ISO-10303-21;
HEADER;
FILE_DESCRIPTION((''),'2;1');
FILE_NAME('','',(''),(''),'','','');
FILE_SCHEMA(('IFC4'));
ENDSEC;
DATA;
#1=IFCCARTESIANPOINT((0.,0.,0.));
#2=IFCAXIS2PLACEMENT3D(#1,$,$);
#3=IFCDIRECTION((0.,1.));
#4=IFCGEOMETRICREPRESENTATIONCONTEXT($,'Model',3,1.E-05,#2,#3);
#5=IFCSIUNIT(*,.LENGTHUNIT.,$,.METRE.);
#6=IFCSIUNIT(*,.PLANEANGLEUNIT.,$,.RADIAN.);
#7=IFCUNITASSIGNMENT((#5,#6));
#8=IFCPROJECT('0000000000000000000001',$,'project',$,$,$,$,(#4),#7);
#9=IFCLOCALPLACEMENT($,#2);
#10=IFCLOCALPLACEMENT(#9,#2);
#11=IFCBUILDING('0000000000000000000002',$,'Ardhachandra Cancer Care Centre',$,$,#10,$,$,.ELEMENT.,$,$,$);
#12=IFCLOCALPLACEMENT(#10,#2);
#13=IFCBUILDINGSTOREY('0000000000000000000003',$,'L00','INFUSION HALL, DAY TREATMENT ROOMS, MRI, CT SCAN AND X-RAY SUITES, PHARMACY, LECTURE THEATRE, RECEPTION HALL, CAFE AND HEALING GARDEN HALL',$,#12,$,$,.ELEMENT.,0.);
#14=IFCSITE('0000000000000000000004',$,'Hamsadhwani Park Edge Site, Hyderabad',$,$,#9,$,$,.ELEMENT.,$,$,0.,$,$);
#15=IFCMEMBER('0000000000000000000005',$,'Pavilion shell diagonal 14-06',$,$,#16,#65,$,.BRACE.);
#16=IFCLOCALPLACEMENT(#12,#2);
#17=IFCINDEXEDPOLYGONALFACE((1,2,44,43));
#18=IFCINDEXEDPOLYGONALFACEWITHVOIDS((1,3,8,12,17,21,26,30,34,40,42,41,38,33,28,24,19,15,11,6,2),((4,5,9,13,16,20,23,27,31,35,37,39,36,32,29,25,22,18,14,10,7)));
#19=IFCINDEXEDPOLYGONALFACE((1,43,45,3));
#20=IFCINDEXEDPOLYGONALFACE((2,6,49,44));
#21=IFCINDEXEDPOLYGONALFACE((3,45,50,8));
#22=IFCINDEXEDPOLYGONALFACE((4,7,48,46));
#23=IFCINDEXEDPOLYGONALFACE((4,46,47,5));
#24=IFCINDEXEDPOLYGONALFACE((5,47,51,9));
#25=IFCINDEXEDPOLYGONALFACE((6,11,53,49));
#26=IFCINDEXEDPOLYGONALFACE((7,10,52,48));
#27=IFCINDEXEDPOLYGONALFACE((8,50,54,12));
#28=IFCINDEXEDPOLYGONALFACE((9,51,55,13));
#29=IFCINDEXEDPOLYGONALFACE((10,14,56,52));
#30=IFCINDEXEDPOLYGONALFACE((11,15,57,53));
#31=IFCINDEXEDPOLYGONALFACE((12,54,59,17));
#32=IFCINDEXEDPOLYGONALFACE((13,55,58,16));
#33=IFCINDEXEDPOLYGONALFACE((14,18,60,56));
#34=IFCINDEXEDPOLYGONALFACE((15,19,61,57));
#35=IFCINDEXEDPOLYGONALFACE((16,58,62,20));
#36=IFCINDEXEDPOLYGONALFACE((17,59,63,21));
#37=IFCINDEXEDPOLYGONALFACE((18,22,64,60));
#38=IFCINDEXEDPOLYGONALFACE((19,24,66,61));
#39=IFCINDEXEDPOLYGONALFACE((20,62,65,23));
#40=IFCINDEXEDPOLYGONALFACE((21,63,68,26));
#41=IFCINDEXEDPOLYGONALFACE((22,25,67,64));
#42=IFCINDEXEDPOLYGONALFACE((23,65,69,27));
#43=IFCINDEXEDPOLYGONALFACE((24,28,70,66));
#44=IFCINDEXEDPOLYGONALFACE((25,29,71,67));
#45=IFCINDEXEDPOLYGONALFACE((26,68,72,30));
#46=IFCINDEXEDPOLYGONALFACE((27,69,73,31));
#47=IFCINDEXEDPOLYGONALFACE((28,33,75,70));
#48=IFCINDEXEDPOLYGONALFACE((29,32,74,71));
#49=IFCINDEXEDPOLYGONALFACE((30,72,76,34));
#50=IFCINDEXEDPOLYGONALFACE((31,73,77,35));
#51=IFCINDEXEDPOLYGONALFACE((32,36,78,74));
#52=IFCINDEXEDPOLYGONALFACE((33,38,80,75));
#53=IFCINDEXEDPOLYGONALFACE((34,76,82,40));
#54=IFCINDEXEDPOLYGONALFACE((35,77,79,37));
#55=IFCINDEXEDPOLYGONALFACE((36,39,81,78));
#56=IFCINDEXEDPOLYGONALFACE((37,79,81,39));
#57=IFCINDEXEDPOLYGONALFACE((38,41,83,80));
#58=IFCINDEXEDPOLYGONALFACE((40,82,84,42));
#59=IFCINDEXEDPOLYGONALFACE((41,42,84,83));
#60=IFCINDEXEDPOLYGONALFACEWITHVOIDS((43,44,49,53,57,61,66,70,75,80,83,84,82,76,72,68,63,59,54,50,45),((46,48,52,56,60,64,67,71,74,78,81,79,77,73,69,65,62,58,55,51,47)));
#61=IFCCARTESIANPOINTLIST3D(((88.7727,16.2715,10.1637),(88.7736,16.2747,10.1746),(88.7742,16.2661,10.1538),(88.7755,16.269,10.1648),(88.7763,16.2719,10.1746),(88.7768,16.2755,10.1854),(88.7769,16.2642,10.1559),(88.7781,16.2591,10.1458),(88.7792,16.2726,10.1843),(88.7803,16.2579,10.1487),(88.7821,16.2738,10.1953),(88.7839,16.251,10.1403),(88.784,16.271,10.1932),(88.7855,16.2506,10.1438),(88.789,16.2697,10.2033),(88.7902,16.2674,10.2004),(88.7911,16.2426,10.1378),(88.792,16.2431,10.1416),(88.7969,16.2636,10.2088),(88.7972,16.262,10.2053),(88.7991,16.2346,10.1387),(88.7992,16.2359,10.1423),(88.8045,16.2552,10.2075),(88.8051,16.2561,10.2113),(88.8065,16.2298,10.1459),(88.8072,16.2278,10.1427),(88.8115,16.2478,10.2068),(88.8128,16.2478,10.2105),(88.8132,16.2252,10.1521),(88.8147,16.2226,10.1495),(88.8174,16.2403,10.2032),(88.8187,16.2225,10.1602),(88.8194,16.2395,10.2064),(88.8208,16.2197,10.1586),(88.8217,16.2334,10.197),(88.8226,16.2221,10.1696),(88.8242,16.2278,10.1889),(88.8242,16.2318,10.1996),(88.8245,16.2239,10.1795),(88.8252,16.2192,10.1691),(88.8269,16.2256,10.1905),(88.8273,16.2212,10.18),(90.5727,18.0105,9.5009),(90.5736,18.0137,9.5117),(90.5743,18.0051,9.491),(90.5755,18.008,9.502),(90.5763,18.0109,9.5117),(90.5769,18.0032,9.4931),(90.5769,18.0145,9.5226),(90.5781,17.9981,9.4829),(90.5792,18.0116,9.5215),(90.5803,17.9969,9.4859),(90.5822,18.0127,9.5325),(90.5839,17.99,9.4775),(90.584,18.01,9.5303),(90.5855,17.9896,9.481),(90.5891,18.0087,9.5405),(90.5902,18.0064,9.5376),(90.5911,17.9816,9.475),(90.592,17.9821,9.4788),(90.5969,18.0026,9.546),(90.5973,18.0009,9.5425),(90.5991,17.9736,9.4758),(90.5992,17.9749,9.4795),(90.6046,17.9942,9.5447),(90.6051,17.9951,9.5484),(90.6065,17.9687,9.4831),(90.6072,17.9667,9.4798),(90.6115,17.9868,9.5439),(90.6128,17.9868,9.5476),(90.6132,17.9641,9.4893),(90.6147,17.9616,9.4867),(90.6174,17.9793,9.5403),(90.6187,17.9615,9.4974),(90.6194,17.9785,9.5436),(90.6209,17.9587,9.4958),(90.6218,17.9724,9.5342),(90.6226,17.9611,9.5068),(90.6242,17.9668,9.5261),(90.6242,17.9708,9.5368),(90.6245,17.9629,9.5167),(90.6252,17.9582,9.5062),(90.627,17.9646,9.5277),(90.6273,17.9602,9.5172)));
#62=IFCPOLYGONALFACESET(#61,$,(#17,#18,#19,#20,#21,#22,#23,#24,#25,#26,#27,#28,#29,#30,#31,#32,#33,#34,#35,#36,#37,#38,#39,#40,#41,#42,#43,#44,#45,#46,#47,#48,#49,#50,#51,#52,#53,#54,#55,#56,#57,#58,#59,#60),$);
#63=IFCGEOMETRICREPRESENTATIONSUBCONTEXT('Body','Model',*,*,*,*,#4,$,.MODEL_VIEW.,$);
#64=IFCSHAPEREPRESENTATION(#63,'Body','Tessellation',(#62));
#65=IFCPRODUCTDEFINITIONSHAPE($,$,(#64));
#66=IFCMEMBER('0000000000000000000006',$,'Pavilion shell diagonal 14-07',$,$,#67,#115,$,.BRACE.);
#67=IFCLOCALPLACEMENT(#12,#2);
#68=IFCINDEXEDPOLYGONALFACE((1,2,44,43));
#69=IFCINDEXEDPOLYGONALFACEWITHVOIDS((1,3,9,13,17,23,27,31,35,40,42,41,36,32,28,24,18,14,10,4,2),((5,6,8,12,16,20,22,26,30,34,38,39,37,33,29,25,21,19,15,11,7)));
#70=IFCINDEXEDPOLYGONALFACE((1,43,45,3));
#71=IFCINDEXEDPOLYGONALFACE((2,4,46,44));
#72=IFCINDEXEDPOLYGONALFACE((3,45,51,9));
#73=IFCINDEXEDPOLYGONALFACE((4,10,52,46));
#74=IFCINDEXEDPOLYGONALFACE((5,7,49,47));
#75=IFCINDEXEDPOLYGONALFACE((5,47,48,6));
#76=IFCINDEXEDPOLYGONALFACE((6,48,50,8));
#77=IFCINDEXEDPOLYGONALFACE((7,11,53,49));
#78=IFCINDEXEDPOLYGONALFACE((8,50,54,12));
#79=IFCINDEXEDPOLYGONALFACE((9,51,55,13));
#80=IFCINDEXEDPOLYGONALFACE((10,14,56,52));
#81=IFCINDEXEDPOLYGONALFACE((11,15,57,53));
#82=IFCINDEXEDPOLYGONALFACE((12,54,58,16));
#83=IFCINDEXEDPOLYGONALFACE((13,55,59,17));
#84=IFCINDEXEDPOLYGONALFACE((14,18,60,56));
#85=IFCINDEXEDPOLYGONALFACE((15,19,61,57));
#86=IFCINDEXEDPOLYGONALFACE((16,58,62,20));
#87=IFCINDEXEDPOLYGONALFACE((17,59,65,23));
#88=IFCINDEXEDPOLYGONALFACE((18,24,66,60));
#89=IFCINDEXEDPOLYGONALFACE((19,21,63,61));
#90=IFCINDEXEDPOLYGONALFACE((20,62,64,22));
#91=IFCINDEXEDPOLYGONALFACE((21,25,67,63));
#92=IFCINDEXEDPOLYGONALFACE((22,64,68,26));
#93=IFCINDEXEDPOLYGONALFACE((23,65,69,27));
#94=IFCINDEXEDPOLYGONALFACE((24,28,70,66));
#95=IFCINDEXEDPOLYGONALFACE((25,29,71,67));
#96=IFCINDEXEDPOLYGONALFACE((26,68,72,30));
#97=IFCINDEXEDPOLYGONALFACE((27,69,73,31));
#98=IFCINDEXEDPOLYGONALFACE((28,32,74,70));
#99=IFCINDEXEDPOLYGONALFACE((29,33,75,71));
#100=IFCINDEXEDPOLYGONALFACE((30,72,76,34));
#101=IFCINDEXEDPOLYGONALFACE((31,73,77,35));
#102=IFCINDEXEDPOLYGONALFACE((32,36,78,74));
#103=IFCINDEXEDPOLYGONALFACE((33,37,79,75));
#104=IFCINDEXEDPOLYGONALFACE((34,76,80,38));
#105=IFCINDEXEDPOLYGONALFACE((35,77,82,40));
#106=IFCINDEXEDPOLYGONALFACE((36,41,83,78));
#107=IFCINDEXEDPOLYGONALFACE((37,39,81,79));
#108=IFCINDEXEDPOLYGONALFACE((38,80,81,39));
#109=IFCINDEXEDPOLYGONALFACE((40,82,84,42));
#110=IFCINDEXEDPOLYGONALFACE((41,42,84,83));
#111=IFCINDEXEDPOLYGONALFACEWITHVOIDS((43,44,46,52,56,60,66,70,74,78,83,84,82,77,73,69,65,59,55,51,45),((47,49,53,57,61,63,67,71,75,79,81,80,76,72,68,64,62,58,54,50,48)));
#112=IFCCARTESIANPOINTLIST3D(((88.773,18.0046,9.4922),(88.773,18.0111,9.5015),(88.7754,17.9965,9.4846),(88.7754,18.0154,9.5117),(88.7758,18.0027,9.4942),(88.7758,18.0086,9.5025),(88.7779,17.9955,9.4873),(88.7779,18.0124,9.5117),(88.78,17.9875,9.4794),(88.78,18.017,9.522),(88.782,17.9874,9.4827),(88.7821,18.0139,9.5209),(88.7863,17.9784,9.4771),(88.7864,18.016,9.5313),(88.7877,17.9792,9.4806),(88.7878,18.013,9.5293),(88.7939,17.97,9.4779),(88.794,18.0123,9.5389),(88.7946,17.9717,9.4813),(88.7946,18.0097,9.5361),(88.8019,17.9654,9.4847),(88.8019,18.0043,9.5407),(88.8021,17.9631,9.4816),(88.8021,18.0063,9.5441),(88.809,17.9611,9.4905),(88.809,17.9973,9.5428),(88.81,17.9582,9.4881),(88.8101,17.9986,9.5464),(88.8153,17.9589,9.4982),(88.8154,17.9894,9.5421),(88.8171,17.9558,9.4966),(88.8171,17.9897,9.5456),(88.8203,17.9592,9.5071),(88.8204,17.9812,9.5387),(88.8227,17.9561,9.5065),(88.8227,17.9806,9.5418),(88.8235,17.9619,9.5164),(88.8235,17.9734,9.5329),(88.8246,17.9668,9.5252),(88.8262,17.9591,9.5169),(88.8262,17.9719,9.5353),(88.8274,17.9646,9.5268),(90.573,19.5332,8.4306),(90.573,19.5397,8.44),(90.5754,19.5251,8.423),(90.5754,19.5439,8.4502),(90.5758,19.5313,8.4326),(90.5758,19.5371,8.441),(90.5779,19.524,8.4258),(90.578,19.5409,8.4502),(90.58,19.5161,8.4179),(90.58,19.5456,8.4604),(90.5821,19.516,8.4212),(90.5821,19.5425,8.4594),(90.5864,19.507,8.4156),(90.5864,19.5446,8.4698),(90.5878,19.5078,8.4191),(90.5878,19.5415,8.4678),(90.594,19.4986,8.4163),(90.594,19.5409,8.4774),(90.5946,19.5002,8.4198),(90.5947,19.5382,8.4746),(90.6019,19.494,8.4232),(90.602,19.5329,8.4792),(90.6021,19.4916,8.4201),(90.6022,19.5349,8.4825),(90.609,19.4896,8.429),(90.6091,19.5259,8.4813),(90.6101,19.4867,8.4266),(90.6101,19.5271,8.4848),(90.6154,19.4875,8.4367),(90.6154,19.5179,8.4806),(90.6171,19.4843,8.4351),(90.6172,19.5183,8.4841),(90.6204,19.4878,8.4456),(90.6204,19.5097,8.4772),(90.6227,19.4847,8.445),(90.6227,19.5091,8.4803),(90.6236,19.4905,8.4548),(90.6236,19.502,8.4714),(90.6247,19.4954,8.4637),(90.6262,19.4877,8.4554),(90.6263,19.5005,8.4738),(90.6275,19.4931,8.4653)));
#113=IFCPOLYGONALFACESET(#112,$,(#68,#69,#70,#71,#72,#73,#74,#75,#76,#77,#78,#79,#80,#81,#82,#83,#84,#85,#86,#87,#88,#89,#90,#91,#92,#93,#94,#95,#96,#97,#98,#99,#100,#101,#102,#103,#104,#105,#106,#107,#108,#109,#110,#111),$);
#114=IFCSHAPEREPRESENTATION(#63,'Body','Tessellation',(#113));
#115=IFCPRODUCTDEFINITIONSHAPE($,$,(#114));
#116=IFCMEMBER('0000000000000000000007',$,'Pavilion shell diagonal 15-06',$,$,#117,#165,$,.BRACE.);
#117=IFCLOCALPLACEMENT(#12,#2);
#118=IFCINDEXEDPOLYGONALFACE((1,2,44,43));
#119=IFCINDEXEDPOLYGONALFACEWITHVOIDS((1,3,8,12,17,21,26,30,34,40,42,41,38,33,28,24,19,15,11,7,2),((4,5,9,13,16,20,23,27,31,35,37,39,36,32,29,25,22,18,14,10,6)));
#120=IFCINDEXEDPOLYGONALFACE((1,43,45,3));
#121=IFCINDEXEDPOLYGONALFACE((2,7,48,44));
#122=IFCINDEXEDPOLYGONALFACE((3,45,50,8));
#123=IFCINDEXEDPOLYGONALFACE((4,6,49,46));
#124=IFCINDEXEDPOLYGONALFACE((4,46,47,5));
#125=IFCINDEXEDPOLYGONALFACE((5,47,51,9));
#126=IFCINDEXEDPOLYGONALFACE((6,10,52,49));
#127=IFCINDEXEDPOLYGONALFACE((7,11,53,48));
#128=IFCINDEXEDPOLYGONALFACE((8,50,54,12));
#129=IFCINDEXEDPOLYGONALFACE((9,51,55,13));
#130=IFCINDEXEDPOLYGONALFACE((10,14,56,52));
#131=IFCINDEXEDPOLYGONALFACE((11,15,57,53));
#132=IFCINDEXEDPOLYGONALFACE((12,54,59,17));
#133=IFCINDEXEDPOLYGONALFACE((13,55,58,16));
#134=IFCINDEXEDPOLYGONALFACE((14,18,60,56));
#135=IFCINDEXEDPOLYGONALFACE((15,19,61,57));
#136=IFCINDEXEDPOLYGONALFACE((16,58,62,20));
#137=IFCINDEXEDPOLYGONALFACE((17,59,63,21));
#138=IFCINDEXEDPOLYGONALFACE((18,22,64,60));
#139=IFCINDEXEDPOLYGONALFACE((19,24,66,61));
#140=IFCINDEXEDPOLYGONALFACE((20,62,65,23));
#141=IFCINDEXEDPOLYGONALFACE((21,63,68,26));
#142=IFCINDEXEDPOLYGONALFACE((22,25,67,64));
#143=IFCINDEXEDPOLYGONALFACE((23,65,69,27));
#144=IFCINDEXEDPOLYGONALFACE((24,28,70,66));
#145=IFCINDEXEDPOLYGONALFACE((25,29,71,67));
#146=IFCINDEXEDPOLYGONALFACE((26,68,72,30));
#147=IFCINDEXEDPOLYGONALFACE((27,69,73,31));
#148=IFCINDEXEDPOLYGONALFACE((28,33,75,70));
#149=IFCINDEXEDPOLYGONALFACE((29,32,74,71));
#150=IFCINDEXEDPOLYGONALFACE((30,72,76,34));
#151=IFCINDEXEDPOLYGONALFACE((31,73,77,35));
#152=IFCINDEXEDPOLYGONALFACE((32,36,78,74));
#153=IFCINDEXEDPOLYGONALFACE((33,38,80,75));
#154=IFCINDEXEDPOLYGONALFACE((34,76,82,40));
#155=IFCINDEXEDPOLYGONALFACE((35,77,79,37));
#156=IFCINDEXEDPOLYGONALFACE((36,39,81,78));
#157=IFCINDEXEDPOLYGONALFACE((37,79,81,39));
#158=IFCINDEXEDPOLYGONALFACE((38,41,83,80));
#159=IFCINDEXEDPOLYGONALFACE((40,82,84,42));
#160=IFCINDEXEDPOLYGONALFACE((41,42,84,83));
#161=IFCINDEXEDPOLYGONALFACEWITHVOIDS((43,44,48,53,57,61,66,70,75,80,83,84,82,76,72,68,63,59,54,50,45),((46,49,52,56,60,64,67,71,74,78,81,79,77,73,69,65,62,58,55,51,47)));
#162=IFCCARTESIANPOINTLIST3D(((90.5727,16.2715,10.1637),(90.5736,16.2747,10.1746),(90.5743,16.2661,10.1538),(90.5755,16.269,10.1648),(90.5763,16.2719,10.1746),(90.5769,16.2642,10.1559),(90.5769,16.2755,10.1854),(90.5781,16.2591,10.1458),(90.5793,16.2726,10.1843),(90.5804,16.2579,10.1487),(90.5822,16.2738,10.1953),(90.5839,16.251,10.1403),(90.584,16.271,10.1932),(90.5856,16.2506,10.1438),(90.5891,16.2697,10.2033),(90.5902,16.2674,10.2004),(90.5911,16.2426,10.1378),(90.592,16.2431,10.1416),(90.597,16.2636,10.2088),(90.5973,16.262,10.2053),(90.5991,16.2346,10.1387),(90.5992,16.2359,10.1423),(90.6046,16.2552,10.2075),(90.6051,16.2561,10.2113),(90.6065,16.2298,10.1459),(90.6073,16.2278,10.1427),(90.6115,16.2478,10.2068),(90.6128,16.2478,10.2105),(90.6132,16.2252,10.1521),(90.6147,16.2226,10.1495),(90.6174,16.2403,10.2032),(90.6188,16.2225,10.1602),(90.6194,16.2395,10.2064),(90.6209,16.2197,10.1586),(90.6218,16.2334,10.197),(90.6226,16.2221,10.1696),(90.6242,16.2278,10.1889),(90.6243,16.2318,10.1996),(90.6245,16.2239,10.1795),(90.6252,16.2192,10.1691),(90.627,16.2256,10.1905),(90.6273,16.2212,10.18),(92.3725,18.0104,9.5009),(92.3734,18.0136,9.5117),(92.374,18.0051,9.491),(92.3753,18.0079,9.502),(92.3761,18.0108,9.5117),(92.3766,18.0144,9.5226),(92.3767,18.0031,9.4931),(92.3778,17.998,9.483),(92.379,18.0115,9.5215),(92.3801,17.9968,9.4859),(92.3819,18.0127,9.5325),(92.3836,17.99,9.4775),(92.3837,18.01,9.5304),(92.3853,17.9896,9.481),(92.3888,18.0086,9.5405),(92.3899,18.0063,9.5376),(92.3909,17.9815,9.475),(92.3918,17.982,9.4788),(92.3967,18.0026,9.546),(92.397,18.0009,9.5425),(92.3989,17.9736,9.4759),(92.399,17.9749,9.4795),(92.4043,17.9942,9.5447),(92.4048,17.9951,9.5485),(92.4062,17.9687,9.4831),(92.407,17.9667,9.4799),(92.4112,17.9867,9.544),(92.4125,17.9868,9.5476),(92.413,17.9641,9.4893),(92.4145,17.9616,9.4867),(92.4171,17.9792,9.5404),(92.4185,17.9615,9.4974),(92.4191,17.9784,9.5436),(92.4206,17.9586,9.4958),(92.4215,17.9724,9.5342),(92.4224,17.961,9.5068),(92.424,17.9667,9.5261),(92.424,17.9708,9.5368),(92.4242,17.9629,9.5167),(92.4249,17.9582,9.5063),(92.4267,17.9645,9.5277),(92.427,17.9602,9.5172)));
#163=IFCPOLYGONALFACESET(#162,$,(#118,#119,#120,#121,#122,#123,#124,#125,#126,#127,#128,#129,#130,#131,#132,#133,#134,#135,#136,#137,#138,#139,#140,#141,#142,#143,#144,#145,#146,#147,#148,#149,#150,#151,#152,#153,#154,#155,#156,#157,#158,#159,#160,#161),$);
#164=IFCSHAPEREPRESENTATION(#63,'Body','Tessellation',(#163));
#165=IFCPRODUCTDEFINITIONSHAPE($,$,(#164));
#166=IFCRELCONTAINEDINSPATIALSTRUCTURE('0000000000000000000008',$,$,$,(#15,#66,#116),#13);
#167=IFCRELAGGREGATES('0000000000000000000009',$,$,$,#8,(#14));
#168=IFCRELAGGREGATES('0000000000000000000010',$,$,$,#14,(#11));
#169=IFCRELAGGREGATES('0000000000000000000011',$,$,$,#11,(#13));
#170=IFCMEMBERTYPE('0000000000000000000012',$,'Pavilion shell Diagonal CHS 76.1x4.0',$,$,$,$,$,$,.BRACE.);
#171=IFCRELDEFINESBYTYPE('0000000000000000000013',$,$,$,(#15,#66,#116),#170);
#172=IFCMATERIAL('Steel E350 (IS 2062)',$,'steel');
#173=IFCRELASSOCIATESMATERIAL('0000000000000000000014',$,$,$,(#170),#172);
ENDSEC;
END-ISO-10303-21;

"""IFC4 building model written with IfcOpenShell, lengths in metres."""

from ifc_helpers import new_model, si_unit, direction, frame, origin, origin_2d, place, context, subcontext, project, spatial, hollow_circle, extrude, material, material_profile, profile_set, type_object, element, save


model = new_model("IFC4")

# Units and contexts
model_context = context("Model", 3, precision=1e-05, world=origin(), true_north=direction((0.0, 1.0)))
body_context = subcontext(model_context, "Body", "Model", "MODEL_VIEW")
ifc_project = project(units=[si_unit("LENGTHUNIT", "METRE"), si_unit("PLANEANGLEUNIT", "RADIAN")], contexts=[model_context])

# Site, building, storey
site_placement = place(None, origin())
site = spatial("IfcSite", under=ifc_project, at=site_placement, Name="Hamsadhwani Park Edge Site, Hyderabad", CompositionType="ELEMENT", RefElevation=0.0)
building_placement = place(site_placement, origin())
building = spatial("IfcBuilding", under=site, at=building_placement, Name="Ardhachandra Cancer Care Centre", CompositionType="ELEMENT")
storey_placement = place(building_placement, origin())
storey = spatial("IfcBuildingStorey", under=building, at=storey_placement, Name="L00", Description="INFUSION HALL, DAY TREATMENT ROOMS, MRI, CT SCAN AND X-RAY SUITES, PHARMACY, LECTURE THEATRE, RECEPTION HALL, CAFE AND HEALING GARDEN HALL", CompositionType="ELEMENT", Elevation=0.0)

# Members
ifc_material_1 = material(Name="Steel E350 (IS 2062)", Category="steel")
ifc_material_profile_1 = material_profile(ifc_material_1, hollow_circle(Radius=0.0381, WallThickness=0.0039, at=origin_2d()), Name="CHS 76.1x4.0")
ifc_profile_set_1 = profile_set([ifc_material_profile_1], Name="Steel E350 (IS 2062)")
member_type_1 = type_object("IfcMemberType", Name="Pavilion shell Diagonal CHS 76.1x4.0", PredefinedType="BRACE", material=ifc_profile_set_1)
for number, where, z_axis, x_axis, name in (
    (1, (88.8, 16.2473, 10.1746), (0.695227, 0.671654, -0.256007), (-0.694809, 0.719195, 0.0), "Pavilion shell diagonal 14-06"),
    (2, (88.8, 17.9863, 9.5117), (0.695237, 0.590381, -0.409995), (-0.647285, 0.762248, 0.0), "Pavilion shell diagonal 14-07"),
):
    element("IfcMember", number, at=place(storey_placement, frame(where, z_axis=z_axis, x_axis=x_axis)), inside=storey, type_object=member_type_1, Name=name, PredefinedType="BRACE", context=body_context, shape_type="SweptSolid", body=[
        extrude(hollow_circle(Radius=0.0381, WallThickness=0.0039, at=origin_2d()), origin(), (0.0, 0.0, 1.0), 2.5891),
    ])
for number, where, z_axis, x_axis, name in (
    (3, (90.6001, 16.2473, 10.1746), (0.695179, 0.671698, -0.256024), (-0.694857, 0.719148, 0.0), "Pavilion shell diagonal 15-06"),
):
    element("IfcMember", number, at=place(storey_placement, frame(where, z_axis=z_axis, x_axis=x_axis)), inside=storey, type_object=member_type_1, Name=name, PredefinedType="BRACE", context=body_context, shape_type="SweptSolid", body=[
        extrude(hollow_circle(Radius=0.0381, WallThickness=0.0039, at=origin_2d()), origin(), (0.0, 0.0, 1.0), 2.5889),
    ])

save(model, "model.ifc")
